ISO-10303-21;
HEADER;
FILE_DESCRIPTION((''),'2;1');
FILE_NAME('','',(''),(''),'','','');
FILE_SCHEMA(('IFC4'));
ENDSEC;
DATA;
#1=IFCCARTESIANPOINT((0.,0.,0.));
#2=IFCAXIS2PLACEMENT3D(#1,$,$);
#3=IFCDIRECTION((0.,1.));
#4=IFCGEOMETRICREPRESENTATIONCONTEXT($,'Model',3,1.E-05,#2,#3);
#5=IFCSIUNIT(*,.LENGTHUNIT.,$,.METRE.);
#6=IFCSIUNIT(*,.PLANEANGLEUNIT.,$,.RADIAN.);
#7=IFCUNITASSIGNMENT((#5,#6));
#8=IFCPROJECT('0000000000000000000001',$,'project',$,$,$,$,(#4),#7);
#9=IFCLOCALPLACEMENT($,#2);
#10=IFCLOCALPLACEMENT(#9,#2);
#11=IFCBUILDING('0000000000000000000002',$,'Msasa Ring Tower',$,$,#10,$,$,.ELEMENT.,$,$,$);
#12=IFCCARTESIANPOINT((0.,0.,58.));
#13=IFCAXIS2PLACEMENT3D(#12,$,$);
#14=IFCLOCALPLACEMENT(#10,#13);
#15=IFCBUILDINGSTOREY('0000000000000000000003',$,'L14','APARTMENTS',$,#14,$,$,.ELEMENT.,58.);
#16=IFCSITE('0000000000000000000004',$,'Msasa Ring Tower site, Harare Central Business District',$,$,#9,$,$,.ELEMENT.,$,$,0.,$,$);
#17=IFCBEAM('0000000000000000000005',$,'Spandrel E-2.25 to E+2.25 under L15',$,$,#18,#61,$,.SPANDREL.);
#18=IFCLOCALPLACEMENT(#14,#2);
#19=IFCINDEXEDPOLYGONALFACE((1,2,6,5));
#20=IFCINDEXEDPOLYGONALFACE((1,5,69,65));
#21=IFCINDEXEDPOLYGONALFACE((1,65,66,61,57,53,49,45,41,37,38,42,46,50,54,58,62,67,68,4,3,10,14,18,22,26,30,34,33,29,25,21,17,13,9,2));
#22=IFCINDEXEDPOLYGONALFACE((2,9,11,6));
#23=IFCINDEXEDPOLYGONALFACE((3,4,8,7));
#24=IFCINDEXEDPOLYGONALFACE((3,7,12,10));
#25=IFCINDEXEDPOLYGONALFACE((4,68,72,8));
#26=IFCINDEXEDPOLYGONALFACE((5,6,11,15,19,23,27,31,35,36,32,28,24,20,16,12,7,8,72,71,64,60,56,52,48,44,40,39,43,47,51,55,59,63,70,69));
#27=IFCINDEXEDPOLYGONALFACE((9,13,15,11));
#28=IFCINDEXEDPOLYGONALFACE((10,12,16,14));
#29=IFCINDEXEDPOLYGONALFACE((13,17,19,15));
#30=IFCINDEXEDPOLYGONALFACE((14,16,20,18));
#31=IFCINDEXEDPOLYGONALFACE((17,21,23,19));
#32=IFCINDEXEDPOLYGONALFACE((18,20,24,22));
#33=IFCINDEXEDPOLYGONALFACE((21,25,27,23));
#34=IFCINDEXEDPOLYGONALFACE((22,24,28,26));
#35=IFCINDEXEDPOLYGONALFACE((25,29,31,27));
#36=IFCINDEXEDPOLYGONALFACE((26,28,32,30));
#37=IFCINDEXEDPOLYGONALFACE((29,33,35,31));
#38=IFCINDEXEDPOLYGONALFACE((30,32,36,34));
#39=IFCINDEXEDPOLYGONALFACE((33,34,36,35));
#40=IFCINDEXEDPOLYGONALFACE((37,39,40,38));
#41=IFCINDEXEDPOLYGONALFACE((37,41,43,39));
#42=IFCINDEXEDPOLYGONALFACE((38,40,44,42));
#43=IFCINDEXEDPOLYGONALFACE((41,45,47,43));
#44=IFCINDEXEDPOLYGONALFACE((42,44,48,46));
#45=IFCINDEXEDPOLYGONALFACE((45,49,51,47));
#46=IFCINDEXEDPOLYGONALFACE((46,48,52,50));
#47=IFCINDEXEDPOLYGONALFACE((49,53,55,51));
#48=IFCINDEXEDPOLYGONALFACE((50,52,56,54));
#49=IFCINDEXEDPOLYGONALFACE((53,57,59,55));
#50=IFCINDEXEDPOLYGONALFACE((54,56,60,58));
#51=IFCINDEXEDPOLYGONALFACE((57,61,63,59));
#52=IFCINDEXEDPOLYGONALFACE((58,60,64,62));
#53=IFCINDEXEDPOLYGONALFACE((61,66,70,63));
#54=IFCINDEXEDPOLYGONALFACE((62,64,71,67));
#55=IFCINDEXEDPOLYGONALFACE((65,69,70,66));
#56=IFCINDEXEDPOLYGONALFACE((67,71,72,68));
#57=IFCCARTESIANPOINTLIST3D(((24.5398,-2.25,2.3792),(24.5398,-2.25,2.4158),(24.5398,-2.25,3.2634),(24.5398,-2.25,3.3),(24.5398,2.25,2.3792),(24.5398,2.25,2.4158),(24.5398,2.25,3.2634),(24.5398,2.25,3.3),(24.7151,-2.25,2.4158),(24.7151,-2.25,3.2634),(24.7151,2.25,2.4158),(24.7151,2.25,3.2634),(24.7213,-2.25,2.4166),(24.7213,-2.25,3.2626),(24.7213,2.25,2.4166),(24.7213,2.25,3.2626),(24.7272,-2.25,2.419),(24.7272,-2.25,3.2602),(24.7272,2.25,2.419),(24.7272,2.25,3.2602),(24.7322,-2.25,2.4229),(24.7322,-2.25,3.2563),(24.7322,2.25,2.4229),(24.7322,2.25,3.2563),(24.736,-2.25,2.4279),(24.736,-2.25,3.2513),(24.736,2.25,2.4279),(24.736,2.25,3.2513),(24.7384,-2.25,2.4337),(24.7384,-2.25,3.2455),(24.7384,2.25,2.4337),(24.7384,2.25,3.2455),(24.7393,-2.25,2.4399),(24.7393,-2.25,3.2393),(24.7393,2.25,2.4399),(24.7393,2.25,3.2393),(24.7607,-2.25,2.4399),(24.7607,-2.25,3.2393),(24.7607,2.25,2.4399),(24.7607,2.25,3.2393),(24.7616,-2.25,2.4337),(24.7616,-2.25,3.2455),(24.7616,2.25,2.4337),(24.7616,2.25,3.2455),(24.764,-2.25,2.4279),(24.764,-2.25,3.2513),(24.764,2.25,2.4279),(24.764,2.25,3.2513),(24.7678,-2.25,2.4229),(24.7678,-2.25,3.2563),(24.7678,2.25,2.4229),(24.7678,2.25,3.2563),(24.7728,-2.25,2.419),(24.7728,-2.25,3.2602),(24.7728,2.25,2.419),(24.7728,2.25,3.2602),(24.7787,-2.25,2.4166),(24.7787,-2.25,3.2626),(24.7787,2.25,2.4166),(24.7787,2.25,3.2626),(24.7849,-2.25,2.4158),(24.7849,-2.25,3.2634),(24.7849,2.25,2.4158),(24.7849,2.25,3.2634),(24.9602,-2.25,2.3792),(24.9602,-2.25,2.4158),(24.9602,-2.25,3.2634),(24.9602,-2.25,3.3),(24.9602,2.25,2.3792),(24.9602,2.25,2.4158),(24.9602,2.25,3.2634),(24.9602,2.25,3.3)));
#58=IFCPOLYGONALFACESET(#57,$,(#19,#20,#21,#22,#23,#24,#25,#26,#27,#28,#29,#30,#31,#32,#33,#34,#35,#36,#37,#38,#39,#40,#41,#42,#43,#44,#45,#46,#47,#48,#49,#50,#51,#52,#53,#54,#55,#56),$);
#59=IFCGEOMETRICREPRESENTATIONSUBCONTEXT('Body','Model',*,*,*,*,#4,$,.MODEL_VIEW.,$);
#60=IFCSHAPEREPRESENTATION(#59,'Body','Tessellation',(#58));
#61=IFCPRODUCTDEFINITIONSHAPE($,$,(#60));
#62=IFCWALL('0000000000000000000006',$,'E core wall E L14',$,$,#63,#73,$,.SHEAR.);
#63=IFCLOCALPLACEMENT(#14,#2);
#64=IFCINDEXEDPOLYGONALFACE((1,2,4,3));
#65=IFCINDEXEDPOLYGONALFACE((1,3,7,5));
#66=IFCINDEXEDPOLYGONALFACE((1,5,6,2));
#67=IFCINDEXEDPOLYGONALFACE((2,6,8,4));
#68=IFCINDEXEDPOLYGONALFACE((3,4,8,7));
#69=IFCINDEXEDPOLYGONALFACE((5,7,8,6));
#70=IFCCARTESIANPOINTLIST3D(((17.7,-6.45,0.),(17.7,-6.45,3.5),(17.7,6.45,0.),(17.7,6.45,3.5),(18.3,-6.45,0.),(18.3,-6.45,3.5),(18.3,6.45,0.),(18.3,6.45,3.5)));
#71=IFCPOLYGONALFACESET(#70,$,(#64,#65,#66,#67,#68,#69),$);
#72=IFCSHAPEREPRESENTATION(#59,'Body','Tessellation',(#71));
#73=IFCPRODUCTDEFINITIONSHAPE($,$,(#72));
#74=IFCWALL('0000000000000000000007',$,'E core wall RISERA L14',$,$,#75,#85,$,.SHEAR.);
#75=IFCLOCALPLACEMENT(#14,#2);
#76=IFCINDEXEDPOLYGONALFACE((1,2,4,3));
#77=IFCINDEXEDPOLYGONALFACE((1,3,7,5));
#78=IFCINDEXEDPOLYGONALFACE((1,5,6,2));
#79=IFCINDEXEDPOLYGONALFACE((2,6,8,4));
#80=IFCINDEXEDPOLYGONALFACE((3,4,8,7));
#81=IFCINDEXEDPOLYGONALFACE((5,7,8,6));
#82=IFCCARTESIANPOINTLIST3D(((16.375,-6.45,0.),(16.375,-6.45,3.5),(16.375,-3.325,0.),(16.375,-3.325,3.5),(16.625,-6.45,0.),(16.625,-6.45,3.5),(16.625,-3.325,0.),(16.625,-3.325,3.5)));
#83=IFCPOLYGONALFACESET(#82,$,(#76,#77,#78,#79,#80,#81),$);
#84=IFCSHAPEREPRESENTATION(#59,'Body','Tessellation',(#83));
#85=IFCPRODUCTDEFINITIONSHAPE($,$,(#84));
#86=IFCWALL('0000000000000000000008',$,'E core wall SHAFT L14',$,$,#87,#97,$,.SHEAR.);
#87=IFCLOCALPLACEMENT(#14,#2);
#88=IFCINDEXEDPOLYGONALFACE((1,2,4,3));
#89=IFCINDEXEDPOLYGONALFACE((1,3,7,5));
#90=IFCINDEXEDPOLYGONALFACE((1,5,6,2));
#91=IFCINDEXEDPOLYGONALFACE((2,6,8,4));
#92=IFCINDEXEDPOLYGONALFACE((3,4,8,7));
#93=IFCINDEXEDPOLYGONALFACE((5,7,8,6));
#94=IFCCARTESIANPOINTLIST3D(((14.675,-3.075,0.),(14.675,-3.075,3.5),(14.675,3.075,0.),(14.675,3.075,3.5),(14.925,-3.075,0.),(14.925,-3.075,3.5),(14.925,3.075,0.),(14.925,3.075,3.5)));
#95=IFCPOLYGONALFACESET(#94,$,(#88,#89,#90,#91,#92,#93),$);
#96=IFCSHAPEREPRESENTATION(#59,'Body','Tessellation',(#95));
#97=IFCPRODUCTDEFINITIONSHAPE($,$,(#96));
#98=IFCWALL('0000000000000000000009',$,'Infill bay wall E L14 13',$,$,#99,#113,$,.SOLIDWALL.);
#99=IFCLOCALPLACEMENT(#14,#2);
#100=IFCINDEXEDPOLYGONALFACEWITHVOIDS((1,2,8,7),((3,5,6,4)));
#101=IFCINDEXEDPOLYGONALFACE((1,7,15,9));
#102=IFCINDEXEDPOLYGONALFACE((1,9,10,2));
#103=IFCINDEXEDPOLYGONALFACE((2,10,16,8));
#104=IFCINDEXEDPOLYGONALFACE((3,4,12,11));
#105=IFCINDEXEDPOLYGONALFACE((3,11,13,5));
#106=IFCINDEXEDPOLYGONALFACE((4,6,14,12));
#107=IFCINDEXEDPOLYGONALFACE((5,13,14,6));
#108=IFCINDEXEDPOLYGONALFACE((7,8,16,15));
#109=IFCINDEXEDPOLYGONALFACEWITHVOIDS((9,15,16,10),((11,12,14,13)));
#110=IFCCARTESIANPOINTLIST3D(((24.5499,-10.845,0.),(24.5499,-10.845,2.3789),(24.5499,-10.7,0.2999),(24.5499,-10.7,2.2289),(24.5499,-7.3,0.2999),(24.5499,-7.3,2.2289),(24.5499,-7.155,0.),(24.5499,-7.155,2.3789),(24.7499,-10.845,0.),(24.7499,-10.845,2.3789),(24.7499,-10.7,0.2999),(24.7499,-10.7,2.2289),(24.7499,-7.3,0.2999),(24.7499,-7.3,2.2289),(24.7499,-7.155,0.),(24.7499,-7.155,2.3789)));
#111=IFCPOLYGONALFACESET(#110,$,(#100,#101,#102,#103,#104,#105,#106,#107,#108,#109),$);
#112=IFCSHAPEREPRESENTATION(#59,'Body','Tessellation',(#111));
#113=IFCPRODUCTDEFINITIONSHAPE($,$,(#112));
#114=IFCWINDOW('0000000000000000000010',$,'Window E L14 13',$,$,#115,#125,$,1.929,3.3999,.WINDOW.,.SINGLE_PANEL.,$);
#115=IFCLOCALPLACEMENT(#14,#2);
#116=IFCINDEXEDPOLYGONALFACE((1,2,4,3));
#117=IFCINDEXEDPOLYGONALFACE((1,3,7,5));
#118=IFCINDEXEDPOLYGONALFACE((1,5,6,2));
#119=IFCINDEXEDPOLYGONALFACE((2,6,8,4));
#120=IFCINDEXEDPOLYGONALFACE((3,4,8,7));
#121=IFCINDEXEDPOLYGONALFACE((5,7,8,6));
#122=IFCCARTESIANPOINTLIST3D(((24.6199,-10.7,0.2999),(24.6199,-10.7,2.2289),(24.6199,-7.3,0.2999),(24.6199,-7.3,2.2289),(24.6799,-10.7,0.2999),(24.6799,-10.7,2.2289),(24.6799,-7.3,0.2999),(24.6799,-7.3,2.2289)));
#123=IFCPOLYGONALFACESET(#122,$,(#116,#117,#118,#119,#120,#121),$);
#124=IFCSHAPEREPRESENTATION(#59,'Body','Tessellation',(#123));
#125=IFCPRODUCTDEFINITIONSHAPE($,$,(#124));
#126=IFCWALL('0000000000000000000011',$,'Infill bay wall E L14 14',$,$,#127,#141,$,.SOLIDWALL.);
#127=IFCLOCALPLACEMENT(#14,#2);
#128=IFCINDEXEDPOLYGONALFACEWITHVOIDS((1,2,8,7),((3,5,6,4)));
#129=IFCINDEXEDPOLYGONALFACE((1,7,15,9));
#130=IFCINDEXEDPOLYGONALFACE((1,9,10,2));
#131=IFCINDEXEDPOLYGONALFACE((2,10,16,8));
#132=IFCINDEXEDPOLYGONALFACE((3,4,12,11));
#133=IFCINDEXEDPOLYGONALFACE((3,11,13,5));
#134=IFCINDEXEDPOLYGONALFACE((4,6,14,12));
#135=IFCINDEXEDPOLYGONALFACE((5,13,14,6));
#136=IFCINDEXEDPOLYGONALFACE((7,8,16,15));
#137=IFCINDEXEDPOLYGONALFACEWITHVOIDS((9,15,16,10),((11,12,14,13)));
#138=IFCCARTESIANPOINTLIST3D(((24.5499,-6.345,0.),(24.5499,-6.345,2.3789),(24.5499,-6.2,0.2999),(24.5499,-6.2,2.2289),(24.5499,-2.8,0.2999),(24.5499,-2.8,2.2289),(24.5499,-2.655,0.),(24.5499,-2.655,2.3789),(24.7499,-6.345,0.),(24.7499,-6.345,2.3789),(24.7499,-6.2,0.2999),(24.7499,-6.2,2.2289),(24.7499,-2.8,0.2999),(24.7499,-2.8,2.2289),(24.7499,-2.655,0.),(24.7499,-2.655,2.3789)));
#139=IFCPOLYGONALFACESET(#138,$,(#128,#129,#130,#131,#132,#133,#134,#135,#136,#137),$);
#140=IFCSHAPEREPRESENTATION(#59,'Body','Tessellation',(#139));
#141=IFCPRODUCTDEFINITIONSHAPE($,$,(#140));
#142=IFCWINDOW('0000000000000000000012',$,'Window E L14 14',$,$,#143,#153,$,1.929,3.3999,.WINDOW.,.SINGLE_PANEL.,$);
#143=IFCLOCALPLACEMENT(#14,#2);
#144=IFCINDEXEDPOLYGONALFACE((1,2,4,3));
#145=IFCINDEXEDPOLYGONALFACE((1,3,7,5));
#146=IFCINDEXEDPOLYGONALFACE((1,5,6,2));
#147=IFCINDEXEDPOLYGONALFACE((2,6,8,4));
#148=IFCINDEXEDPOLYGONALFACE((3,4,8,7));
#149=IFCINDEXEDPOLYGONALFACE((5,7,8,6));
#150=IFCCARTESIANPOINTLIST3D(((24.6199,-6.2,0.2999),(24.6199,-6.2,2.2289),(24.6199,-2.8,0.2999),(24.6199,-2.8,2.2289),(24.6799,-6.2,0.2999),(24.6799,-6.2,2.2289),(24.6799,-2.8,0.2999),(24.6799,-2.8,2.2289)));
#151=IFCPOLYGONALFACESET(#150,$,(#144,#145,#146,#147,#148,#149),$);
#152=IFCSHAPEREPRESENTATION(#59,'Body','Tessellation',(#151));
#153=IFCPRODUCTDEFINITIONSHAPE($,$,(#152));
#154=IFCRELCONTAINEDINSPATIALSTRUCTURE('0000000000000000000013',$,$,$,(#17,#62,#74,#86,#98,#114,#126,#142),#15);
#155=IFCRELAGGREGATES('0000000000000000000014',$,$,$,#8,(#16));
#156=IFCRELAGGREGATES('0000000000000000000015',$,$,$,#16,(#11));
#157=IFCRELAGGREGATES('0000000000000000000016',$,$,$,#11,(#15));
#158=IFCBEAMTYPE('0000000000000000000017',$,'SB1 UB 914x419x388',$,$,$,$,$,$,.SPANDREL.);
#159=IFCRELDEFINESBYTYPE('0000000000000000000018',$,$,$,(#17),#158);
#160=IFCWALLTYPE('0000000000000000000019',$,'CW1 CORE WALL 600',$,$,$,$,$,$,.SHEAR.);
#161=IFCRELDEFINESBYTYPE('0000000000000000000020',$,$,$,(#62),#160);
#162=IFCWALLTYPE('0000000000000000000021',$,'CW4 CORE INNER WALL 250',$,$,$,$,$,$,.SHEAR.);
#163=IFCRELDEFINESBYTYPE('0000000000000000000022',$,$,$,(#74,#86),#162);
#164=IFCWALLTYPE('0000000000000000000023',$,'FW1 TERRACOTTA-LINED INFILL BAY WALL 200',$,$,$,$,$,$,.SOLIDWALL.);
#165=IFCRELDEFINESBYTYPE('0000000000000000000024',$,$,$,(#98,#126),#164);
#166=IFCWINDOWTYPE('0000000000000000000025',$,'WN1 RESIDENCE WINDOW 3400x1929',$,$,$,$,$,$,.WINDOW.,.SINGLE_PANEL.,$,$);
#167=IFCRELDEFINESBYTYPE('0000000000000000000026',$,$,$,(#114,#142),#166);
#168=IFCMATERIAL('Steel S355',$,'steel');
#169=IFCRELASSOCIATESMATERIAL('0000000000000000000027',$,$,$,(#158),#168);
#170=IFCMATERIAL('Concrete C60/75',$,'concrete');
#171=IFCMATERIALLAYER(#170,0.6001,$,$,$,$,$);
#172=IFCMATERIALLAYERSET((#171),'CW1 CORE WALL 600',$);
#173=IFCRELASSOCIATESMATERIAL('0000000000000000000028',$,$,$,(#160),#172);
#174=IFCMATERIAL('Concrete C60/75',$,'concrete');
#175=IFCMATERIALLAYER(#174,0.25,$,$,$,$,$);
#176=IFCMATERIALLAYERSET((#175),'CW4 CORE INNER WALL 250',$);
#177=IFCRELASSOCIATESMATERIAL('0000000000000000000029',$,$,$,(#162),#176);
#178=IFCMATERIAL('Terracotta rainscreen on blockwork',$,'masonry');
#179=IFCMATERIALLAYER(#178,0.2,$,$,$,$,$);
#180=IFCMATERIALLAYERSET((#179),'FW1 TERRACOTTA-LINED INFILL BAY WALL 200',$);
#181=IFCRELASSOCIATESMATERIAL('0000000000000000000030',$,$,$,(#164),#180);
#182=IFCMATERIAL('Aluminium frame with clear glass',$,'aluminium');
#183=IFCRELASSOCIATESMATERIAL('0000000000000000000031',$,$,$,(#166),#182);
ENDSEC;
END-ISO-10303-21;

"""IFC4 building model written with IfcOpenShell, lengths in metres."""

from ifc_helpers import new_model, si_unit, direction, frame, frame_2d, origin, origin_2d, place, context, subcontext, project, spatial, rectangle, i_section, extrude, material, layer, layer_set, material_profile, profile_set, type_object, element, fill, save


model = new_model("IFC4")

# Units and contexts
model_context = context("Model", 3, precision=1e-05, world=origin(), true_north=direction((0.0, 1.0)))
body_context = subcontext(model_context, "Body", "Model", "MODEL_VIEW")
ifc_project = project(units=[si_unit("LENGTHUNIT", "METRE"), si_unit("PLANEANGLEUNIT", "RADIAN")], contexts=[model_context])

# Site, building, storey
site_placement = place(None, origin())
site = spatial("IfcSite", under=ifc_project, at=site_placement, Name="Msasa Ring Tower site, Harare Central Business District", CompositionType="ELEMENT", RefElevation=0.0)
building_placement = place(site_placement, origin())
building = spatial("IfcBuilding", under=site, at=building_placement, Name="Msasa Ring Tower", CompositionType="ELEMENT")
storey_placement = place(building_placement, frame((0.0, 0.0, 58.0)))
storey = spatial("IfcBuildingStorey", under=building, at=storey_placement, Name="L14", Description="APARTMENTS", CompositionType="ELEMENT", Elevation=58.0)

# Beam
ifc_material_1 = material(Name="Steel S355", Category="steel")
ifc_material_profile_1 = material_profile(ifc_material_1, i_section(OverallWidth=0.4204, OverallDepth=0.9209, WebThickness=0.0215, FlangeThickness=0.0366, FilletRadius=0.0242, at=origin_2d()), Name="UB 914x419x388")
ifc_profile_set_1 = profile_set([ifc_material_profile_1], Name="Steel S355")
beam_type_1 = type_object("IfcBeamType", Name="SB1 UB 914x419x388", PredefinedType="SPANDREL", material=ifc_profile_set_1)
for number, where, z_axis, x_axis, name in (
    (1, (24.75, -2.25, 2.8396), (0.0, 1.0, 0.0), (-1.0, 0.0, 0.0), "Spandrel E-2.25 to E+2.25 under L15"),
):
    element("IfcBeam", number, at=place(storey_placement, frame(where, z_axis=z_axis, x_axis=x_axis)), inside=storey, type_object=beam_type_1, Name=name, PredefinedType="SPANDREL", context=body_context, shape_type="SweptSolid", body=[
        extrude(i_section(OverallWidth=0.4204, OverallDepth=0.9209, WebThickness=0.0215, FlangeThickness=0.0366, FilletRadius=0.0242, at=origin_2d()), origin(), (0.0, 0.0, 1.0), 4.5),
    ])

# Walls
ifc_material_2 = material(Name="Concrete C60/75", Category="concrete")
ifc_layer_1 = layer(ifc_material_2, 0.6001)
ifc_layer_set_1 = layer_set([ifc_layer_1], Name="CW1 CORE WALL 600")
wall_type_1 = type_object("IfcWallType", Name="CW1 CORE WALL 600", PredefinedType="SHEAR", material=ifc_layer_set_1)
wall_1_placement = place(storey_placement, frame((18.0, -6.45, 0.0), z_axis=(0.0, 0.0, 1.0), x_axis=(0.0, 1.0, 0.0)))
element("IfcWall", 2, at=wall_1_placement, inside=storey, type_object=wall_type_1, Name="E core wall E L14", PredefinedType="SHEAR", context=body_context, shape_type="SweptSolid", body=[
    extrude(rectangle(XDim=12.8999, YDim=0.6001, at=frame_2d((6.45, 0.0))), origin(), (0.0, 0.0, 1.0), 3.5),
])
ifc_material_3 = material(Name="Concrete C60/75", Category="concrete")
ifc_layer_2 = layer(ifc_material_3, 0.25)
ifc_layer_set_2 = layer_set([ifc_layer_2], Name="CW4 CORE INNER WALL 250")
wall_type_2 = type_object("IfcWallType", Name="CW4 CORE INNER WALL 250", PredefinedType="SHEAR", material=ifc_layer_set_2)
wall_2_placement = place(storey_placement, frame((16.5, -6.45, 0.0), z_axis=(0.0, 0.0, 1.0), x_axis=(0.0, 1.0, 0.0)))
element("IfcWall", 3, at=wall_2_placement, inside=storey, type_object=wall_type_2, Name="E core wall RISERA L14", PredefinedType="SHEAR", context=body_context, shape_type="SweptSolid", body=[
    extrude(rectangle(XDim=3.125, YDim=0.25, at=frame_2d((1.5625, 0.0))), origin(), (0.0, 0.0, 1.0), 3.5),
])
wall_3_placement = place(storey_placement, frame((14.8, -3.075, 0.0), z_axis=(0.0, 0.0, 1.0), x_axis=(0.0, 1.0, 0.0)))
element("IfcWall", 4, at=wall_3_placement, inside=storey, type_object=wall_type_2, Name="E core wall SHAFT L14", PredefinedType="SHEAR", context=body_context, shape_type="SweptSolid", body=[
    extrude(rectangle(XDim=6.1499, YDim=0.25, at=frame_2d((3.075, 0.0))), origin(), (0.0, 0.0, 1.0), 3.5),
])

# Walls, openings, windows
ifc_material_4 = material(Name="Terracotta rainscreen on blockwork", Category="masonry")
ifc_layer_3 = layer(ifc_material_4, 0.2)
ifc_layer_set_3 = layer_set([ifc_layer_3], Name="FW1 TERRACOTTA-LINED INFILL BAY WALL 200")
wall_type_3 = type_object("IfcWallType", Name="FW1 TERRACOTTA-LINED INFILL BAY WALL 200", PredefinedType="SOLIDWALL", material=ifc_layer_set_3)
wall_4_placement = place(storey_placement, frame((24.6499, -10.845, 0.0), z_axis=(0.0, 0.0, 1.0), x_axis=(0.0, 1.0, 0.0)))
wall_4 = element("IfcWall", 5, at=wall_4_placement, inside=storey, type_object=wall_type_3, Name="Infill bay wall E L14 13", PredefinedType="SOLIDWALL", context=body_context, shape_type="SweptSolid", body=[
    extrude(rectangle(XDim=3.6899, YDim=0.2, at=frame_2d((1.845, 0.0))), origin(), (0.0, 0.0, 1.0), 2.3789),
])
opening_1_placement = place(wall_4_placement, frame((0.145, 0.0, 0.3)))
opening_1 = element("IfcOpeningElement", 6, at=opening_1_placement, cuts=wall_4, PredefinedType="OPENING", context=body_context, shape_type="SweptSolid", body=[
    extrude(rectangle(XDim=3.3999, YDim=1.929, at=frame_2d((1.7, 0.9644))), frame((0.0, 0.1099, 0.0), z_axis=(0.0, -1.0, 0.0), x_axis=(1.0, 0.0, 0.0)), (0.0, 0.0, 1.0), 0.22),
])
ifc_material_5 = material(Name="Aluminium frame with clear glass", Category="aluminium")
window_type = type_object("IfcWindowType", Name="WN1 RESIDENCE WINDOW 3400x1929", PartitioningType="SINGLE_PANEL", PredefinedType="WINDOW", material=ifc_material_5)
window_1_placement = place(opening_1_placement, origin())
window_1 = element("IfcWindow", 7, at=window_1_placement, inside=storey, type_object=window_type, Name="Window E L14 13", OverallHeight=1.929, OverallWidth=3.3999, PartitioningType="SINGLE_PANEL", PredefinedType="WINDOW", context=body_context, shape_type="SweptSolid", body=[
    extrude(rectangle(XDim=3.3999, YDim=1.929, at=frame_2d((1.7, 0.9644))), frame((0.0, 0.03, 0.0), z_axis=(0.0, -1.0, 0.0), x_axis=(1.0, 0.0, 0.0)), (0.0, 0.0, 1.0), 0.0601),
])
fill(opening_1, window_1)
wall_5_placement = place(storey_placement, frame((24.6499, -6.345, 0.0), z_axis=(0.0, 0.0, 1.0), x_axis=(0.0, 1.0, 0.0)))
wall_5 = element("IfcWall", 8, at=wall_5_placement, inside=storey, type_object=wall_type_3, Name="Infill bay wall E L14 14", PredefinedType="SOLIDWALL", context=body_context, shape_type="SweptSolid", body=[
    extrude(rectangle(XDim=3.6899, YDim=0.2, at=frame_2d((1.845, 0.0))), origin(), (0.0, 0.0, 1.0), 2.3789),
])
opening_2_placement = place(wall_5_placement, frame((0.145, 0.0, 0.3)))
opening_2 = element("IfcOpeningElement", 9, at=opening_2_placement, cuts=wall_5, PredefinedType="OPENING", context=body_context, shape_type="SweptSolid", body=[
    extrude(rectangle(XDim=3.3999, YDim=1.929, at=frame_2d((1.7, 0.9644))), frame((0.0, 0.1099, 0.0), z_axis=(0.0, -1.0, 0.0), x_axis=(1.0, 0.0, 0.0)), (0.0, 0.0, 1.0), 0.22),
])
window_2_placement = place(opening_2_placement, origin())
window_2 = element("IfcWindow", 10, at=window_2_placement, inside=storey, type_object=window_type, Name="Window E L14 14", OverallHeight=1.929, OverallWidth=3.3999, PartitioningType="SINGLE_PANEL", PredefinedType="WINDOW", context=body_context, shape_type="SweptSolid", body=[
    extrude(rectangle(XDim=3.3999, YDim=1.929, at=frame_2d((1.7, 0.9644))), frame((0.0, 0.03, 0.0), z_axis=(0.0, -1.0, 0.0), x_axis=(1.0, 0.0, 0.0)), (0.0, 0.0, 1.0), 0.0601),
])
fill(opening_2, window_2)

save(model, "model.ifc")
